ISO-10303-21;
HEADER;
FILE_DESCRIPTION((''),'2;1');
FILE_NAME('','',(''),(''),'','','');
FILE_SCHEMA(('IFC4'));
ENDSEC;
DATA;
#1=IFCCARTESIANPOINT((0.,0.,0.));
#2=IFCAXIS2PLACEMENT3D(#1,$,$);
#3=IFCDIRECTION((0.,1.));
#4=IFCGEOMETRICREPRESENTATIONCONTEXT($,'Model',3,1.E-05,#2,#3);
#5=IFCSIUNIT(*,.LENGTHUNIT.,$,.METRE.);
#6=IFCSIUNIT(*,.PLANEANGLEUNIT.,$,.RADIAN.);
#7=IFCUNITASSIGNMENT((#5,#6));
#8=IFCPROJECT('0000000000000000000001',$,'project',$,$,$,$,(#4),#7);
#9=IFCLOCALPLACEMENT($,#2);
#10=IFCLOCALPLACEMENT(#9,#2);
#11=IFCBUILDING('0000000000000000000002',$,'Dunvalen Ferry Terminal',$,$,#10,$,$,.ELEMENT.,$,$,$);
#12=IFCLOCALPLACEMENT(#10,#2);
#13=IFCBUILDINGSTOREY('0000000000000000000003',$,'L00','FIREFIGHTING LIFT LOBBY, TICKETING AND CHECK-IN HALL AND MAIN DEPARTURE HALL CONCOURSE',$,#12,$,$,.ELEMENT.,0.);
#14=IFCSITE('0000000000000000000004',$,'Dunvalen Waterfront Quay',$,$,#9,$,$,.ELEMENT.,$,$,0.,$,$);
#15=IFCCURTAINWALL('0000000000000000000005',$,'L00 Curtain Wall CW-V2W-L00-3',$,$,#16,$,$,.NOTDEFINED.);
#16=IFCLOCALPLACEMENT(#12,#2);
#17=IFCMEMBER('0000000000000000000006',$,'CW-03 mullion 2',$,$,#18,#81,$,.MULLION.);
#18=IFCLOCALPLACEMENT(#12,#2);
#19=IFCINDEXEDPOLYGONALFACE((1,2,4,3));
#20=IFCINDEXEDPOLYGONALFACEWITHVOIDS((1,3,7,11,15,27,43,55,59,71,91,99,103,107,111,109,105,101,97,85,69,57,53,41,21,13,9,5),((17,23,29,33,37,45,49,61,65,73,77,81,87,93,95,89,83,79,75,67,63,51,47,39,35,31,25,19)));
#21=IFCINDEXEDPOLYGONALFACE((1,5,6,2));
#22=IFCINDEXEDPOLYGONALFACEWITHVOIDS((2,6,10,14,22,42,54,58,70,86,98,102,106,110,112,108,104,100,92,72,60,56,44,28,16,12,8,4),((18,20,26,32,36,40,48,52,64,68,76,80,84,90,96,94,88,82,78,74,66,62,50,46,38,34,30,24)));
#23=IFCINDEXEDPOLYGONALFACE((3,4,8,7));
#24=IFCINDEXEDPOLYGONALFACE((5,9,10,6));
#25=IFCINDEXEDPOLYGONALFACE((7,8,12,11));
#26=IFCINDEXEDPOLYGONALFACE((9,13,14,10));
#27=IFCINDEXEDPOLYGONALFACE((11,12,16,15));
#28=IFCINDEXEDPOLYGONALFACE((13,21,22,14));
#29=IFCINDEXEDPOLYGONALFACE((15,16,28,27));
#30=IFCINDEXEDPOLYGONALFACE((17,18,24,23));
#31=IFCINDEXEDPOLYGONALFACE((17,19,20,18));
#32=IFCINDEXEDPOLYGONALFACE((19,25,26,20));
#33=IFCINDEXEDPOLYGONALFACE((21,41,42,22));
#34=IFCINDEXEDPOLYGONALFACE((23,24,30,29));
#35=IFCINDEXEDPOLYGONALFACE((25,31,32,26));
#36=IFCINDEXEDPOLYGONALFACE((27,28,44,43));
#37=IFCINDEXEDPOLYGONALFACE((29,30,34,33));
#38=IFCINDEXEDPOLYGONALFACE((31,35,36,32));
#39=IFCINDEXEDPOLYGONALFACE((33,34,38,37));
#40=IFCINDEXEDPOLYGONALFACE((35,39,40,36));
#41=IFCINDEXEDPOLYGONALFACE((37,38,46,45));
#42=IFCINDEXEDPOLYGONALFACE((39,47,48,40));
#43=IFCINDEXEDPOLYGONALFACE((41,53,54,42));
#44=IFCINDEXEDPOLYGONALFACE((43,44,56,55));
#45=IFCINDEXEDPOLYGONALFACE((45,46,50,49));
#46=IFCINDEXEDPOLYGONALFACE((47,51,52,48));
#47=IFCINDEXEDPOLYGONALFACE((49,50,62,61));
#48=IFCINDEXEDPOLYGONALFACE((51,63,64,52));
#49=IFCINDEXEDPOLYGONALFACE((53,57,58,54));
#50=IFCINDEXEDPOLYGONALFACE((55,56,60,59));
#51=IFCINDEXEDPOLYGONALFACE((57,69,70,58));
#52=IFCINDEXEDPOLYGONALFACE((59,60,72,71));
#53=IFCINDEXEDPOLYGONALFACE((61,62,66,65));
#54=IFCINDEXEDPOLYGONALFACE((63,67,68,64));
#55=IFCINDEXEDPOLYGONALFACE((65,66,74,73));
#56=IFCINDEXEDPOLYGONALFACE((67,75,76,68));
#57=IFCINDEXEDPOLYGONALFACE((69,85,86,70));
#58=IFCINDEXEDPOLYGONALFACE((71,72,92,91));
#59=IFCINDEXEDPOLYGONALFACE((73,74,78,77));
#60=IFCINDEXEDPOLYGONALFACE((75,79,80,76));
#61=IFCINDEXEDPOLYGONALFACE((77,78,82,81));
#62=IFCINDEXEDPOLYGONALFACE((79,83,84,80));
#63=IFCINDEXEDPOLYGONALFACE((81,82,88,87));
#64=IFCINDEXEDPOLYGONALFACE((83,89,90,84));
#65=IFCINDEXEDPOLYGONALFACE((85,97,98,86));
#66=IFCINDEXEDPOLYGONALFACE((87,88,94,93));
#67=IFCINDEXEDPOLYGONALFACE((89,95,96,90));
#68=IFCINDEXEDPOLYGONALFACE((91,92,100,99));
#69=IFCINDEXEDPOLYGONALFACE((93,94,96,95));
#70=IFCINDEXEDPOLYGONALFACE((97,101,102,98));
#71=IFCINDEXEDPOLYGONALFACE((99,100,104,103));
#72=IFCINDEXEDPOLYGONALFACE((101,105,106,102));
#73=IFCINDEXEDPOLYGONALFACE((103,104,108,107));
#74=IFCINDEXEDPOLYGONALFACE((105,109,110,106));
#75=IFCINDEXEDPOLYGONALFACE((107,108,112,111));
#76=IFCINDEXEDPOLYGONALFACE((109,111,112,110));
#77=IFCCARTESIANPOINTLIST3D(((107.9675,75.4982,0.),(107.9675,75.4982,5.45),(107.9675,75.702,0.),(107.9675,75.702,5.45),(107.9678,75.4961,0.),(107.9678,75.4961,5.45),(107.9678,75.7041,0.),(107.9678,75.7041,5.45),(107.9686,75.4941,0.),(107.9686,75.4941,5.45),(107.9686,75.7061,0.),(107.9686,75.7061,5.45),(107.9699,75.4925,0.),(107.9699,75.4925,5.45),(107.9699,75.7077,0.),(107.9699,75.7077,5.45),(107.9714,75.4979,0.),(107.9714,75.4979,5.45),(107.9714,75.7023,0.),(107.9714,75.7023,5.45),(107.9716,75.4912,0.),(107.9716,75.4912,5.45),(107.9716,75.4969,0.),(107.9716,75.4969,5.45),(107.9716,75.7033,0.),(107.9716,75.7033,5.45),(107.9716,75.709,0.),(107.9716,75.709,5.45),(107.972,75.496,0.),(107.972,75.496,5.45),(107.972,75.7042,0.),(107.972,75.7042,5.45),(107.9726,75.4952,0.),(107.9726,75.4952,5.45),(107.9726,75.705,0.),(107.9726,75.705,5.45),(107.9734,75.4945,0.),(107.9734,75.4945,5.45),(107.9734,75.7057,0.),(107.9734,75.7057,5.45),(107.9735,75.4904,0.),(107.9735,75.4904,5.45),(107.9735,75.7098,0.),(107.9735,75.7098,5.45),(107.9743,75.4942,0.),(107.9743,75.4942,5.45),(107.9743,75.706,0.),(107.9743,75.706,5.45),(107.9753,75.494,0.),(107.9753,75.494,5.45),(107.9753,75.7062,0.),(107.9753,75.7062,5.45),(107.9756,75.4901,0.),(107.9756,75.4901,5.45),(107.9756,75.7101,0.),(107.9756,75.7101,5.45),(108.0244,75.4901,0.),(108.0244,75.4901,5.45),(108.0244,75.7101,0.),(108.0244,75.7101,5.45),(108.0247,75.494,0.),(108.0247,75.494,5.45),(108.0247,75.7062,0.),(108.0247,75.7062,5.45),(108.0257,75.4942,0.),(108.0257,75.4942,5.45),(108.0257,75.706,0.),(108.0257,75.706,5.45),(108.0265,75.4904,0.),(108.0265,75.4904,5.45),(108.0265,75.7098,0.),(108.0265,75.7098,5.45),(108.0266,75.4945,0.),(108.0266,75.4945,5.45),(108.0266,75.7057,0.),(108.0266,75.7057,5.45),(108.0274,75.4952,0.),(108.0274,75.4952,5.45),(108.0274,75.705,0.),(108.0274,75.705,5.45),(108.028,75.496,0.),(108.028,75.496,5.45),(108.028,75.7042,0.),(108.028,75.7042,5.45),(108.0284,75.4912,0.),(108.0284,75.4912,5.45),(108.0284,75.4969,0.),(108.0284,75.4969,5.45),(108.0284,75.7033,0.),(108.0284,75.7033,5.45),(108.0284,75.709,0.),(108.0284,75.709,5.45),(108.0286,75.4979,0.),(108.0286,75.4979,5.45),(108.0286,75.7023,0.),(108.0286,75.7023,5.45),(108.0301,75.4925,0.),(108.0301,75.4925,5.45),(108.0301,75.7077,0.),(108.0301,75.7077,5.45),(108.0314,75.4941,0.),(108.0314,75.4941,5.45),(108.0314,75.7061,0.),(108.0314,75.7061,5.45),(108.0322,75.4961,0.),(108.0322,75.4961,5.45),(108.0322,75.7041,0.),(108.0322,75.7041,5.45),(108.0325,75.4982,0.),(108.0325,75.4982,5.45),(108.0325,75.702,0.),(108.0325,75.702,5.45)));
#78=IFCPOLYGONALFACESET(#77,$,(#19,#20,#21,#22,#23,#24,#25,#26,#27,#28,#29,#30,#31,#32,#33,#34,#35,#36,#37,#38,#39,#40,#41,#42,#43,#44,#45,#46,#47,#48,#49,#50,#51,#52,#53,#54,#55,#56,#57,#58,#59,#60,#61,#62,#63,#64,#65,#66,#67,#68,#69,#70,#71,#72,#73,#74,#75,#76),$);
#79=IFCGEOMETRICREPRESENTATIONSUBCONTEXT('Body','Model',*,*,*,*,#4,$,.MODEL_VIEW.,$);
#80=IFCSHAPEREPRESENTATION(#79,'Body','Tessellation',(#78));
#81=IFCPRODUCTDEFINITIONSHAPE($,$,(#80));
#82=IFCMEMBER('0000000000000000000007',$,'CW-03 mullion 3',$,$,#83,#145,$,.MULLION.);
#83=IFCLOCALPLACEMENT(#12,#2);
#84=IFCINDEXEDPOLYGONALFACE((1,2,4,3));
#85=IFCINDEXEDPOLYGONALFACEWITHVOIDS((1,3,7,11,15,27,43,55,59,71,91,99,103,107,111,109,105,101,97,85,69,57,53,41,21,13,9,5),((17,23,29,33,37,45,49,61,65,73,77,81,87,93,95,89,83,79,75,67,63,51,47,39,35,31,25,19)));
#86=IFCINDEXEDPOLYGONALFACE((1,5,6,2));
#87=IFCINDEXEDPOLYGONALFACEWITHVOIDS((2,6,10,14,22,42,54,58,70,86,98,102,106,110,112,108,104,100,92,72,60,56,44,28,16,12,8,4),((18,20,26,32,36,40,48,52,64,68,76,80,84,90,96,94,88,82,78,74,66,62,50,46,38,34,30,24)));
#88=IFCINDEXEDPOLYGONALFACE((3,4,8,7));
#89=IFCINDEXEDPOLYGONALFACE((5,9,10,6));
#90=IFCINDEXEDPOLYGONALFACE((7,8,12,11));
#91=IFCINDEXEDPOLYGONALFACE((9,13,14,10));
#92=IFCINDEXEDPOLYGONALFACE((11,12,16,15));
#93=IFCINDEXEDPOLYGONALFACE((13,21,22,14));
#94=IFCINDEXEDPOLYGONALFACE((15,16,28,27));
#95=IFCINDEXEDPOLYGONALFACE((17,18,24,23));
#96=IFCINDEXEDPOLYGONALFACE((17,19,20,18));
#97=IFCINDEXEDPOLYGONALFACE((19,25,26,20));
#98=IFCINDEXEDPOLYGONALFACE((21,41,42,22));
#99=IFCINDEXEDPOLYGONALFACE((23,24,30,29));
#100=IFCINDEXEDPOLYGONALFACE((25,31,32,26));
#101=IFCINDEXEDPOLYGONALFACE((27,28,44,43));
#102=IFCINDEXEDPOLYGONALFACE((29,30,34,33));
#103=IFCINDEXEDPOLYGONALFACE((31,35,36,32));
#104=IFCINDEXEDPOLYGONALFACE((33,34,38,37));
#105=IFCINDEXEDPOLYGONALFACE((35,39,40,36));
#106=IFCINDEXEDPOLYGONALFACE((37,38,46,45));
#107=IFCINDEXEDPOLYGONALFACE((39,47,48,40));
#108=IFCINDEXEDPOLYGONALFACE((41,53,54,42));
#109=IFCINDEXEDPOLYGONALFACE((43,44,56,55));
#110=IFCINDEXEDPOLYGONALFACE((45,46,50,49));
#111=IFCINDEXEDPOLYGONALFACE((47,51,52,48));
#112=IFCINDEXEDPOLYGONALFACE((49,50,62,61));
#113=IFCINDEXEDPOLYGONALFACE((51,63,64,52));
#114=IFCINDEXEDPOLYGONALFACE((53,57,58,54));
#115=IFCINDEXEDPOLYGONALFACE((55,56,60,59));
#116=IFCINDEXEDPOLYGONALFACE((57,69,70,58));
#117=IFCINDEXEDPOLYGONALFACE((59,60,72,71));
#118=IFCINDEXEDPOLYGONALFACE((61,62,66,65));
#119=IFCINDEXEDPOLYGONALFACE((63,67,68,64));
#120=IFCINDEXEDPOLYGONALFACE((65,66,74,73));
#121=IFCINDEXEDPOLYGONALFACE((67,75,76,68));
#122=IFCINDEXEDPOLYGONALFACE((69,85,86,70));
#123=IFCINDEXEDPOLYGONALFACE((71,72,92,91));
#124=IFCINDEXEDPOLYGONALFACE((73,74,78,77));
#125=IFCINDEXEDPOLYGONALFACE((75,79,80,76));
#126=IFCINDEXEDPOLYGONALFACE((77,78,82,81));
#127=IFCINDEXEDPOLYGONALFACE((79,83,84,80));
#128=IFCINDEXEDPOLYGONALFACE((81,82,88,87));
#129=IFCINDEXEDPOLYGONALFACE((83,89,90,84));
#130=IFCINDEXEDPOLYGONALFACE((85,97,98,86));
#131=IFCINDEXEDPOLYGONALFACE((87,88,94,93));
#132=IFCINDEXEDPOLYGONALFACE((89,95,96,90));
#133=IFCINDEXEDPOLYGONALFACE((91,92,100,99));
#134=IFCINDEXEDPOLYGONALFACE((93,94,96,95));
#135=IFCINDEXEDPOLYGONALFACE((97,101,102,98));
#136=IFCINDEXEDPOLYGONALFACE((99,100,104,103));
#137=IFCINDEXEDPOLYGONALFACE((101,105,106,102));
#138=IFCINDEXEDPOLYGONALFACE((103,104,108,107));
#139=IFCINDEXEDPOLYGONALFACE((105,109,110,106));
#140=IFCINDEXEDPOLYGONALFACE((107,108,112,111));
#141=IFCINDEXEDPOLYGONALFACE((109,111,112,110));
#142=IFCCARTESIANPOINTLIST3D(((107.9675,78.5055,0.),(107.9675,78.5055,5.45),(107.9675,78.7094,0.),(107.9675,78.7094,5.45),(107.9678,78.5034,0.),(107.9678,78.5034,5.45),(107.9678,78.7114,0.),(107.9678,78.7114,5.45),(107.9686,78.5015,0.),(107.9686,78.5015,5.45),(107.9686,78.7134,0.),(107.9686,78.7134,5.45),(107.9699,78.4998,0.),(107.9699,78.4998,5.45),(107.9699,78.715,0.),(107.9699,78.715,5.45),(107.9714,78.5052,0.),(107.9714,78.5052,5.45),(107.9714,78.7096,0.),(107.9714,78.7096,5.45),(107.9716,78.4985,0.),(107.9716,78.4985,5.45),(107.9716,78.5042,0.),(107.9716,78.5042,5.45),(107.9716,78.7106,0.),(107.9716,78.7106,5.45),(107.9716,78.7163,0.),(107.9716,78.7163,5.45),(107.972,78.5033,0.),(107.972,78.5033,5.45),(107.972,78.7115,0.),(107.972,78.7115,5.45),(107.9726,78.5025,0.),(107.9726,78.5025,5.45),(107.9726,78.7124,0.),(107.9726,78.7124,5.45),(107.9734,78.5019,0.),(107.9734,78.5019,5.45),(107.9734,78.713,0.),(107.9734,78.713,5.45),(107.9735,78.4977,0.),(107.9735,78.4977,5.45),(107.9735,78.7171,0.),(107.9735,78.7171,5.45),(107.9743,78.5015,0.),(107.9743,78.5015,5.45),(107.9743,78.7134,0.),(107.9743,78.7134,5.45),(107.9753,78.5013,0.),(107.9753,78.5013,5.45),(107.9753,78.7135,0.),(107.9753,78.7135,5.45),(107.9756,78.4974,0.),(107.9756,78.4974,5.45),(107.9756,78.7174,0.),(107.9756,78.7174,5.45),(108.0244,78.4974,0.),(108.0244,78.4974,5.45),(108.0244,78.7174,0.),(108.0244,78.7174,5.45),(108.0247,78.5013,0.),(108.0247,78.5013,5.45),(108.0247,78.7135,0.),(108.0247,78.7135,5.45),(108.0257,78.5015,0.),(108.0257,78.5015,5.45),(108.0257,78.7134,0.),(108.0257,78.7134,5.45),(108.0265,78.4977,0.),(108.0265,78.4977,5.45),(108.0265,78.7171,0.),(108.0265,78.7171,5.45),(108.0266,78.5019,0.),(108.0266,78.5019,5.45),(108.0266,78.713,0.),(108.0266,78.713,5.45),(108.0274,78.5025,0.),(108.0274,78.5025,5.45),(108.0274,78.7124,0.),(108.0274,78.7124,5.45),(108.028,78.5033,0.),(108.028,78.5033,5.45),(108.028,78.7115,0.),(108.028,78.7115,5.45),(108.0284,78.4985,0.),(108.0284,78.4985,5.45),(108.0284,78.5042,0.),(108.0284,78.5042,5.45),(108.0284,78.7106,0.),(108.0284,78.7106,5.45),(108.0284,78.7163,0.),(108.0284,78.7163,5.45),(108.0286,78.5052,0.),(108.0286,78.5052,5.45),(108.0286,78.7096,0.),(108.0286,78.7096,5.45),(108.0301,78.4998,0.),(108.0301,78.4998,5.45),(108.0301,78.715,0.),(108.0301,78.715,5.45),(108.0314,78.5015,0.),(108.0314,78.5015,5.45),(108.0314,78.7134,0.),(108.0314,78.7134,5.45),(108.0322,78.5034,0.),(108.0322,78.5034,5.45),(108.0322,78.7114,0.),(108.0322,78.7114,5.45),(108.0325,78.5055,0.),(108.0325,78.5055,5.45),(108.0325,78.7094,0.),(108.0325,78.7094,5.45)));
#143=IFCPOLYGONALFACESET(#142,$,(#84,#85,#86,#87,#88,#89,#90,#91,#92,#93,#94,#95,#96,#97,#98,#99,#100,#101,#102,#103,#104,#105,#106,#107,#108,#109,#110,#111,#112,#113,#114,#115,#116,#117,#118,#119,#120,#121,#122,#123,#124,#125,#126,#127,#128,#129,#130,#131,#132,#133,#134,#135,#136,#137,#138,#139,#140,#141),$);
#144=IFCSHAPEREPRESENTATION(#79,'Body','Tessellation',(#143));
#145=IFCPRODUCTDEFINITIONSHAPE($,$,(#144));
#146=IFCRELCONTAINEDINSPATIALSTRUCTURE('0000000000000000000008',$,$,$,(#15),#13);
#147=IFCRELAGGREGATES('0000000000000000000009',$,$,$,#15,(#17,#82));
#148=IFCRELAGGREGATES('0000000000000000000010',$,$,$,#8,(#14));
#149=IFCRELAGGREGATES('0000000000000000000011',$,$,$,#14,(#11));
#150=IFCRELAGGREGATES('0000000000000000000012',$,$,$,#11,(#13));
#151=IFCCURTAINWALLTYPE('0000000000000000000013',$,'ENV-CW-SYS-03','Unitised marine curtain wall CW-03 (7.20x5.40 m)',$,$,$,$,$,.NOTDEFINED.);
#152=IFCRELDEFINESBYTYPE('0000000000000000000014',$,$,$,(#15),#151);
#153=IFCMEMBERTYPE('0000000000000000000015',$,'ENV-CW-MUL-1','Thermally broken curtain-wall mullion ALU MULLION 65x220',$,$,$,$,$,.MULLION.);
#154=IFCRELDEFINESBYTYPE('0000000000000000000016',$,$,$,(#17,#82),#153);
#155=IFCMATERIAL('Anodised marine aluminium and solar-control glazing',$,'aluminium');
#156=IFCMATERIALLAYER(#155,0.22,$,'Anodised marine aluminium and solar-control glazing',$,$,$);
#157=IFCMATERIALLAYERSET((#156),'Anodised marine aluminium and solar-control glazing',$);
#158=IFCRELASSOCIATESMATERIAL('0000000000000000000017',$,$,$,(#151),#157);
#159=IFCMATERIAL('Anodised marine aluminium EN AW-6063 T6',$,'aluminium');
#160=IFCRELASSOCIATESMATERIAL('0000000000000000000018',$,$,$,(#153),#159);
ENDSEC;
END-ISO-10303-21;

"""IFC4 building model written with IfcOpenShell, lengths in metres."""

from ifc_helpers import new_model, si_unit, direction, frame, origin, origin_2d, place, context, subcontext, project, spatial, hollow_rectangle, extrude, material, layer, layer_set, material_profile, profile_set, type_object, element, aggregate, save


model = new_model("IFC4")

# Units and contexts
model_context = context("Model", 3, precision=1e-05, world=origin(), true_north=direction((0.0, 1.0)))
body_context = subcontext(model_context, "Body", "Model", "MODEL_VIEW")
ifc_project = project(units=[si_unit("LENGTHUNIT", "METRE"), si_unit("PLANEANGLEUNIT", "RADIAN")], contexts=[model_context])

# Site, building, storey
site_placement = place(None, origin())
site = spatial("IfcSite", under=ifc_project, at=site_placement, Name="Dunvalen Waterfront Quay", CompositionType="ELEMENT", RefElevation=0.0)
building_placement = place(site_placement, origin())
building = spatial("IfcBuilding", under=site, at=building_placement, Name="Dunvalen Ferry Terminal", CompositionType="ELEMENT")
storey_placement = place(building_placement, origin())
storey = spatial("IfcBuildingStorey", under=building, at=storey_placement, Name="L00", Description="FIREFIGHTING LIFT LOBBY, TICKETING AND CHECK-IN HALL AND MAIN DEPARTURE HALL CONCOURSE", CompositionType="ELEMENT", Elevation=0.0)

# Shared definitions
ifc_material_1 = material(Name="Anodised marine aluminium and solar-control glazing", Category="aluminium")
ifc_layer_1 = layer(ifc_material_1, 0.22, Name="Anodised marine aluminium and solar-control glazing")
ifc_layer_set_1 = layer_set([ifc_layer_1], Name="Anodised marine aluminium and solar-control glazing")
curtain_wall_type = type_object("IfcCurtainWallType", Name="ENV-CW-SYS-03", Description="Unitised marine curtain wall CW-03 (7.20x5.40 m)", PredefinedType="NOTDEFINED", material=ifc_layer_set_1)
ifc_material_2 = material(Name="Anodised marine aluminium EN AW-6063 T6", Category="aluminium")
ifc_material_profile_1 = material_profile(ifc_material_2, hollow_rectangle(XDim=0.0649, YDim=0.22, WallThickness=0.0039, InnerFilletRadius=0.0039, OuterFilletRadius=0.0081, at=origin_2d()), Name="Anodised marine aluminium EN AW-6063 T6")
ifc_profile_set_1 = profile_set([ifc_material_profile_1], Name="Anodised marine aluminium EN AW-6063 T6")
member_type_1 = type_object("IfcMemberType", Name="ENV-CW-MUL-1", Description="Thermally broken curtain-wall mullion ALU MULLION 65x220", PredefinedType="MULLION", material=ifc_profile_set_1)

# Curtain wall, members
curtain_wall_1_placement = place(storey_placement, origin())
curtain_wall_1 = element("IfcCurtainWall", 1, at=curtain_wall_1_placement, inside=storey, type_object=curtain_wall_type, Name="L00 Curtain Wall CW-V2W-L00-3", PredefinedType="NOTDEFINED")
member_1_placement = place(storey_placement, frame((108.0, 75.6001, 0.0), z_axis=(0.0, 0.0, 1.0), x_axis=(-1.0, 0.0, 0.0)))
member_1 = element("IfcMember", 2, at=member_1_placement, type_object=member_type_1, Name="CW-03 mullion 2", PredefinedType="MULLION", context=body_context, shape_type="SweptSolid", body=[
    extrude(hollow_rectangle(XDim=0.0649, YDim=0.22, WallThickness=0.0039, InnerFilletRadius=0.0039, OuterFilletRadius=0.0081, at=origin_2d()), origin(), (0.0, 0.0, 1.0), 5.45),
])
member_2_placement = place(storey_placement, frame((108.0, 78.6074, 0.0), z_axis=(0.0, 0.0, 1.0), x_axis=(-1.0, 0.0, 0.0)))
member_2 = element("IfcMember", 3, at=member_2_placement, type_object=member_type_1, Name="CW-03 mullion 3", PredefinedType="MULLION", context=body_context, shape_type="SweptSolid", body=[
    extrude(hollow_rectangle(XDim=0.0649, YDim=0.22, WallThickness=0.0039, InnerFilletRadius=0.0039, OuterFilletRadius=0.0081, at=origin_2d()), origin(), (0.0, 0.0, 1.0), 5.45),
])

aggregate(curtain_wall_1, [member_1, member_2])

save(model, "model.ifc")
